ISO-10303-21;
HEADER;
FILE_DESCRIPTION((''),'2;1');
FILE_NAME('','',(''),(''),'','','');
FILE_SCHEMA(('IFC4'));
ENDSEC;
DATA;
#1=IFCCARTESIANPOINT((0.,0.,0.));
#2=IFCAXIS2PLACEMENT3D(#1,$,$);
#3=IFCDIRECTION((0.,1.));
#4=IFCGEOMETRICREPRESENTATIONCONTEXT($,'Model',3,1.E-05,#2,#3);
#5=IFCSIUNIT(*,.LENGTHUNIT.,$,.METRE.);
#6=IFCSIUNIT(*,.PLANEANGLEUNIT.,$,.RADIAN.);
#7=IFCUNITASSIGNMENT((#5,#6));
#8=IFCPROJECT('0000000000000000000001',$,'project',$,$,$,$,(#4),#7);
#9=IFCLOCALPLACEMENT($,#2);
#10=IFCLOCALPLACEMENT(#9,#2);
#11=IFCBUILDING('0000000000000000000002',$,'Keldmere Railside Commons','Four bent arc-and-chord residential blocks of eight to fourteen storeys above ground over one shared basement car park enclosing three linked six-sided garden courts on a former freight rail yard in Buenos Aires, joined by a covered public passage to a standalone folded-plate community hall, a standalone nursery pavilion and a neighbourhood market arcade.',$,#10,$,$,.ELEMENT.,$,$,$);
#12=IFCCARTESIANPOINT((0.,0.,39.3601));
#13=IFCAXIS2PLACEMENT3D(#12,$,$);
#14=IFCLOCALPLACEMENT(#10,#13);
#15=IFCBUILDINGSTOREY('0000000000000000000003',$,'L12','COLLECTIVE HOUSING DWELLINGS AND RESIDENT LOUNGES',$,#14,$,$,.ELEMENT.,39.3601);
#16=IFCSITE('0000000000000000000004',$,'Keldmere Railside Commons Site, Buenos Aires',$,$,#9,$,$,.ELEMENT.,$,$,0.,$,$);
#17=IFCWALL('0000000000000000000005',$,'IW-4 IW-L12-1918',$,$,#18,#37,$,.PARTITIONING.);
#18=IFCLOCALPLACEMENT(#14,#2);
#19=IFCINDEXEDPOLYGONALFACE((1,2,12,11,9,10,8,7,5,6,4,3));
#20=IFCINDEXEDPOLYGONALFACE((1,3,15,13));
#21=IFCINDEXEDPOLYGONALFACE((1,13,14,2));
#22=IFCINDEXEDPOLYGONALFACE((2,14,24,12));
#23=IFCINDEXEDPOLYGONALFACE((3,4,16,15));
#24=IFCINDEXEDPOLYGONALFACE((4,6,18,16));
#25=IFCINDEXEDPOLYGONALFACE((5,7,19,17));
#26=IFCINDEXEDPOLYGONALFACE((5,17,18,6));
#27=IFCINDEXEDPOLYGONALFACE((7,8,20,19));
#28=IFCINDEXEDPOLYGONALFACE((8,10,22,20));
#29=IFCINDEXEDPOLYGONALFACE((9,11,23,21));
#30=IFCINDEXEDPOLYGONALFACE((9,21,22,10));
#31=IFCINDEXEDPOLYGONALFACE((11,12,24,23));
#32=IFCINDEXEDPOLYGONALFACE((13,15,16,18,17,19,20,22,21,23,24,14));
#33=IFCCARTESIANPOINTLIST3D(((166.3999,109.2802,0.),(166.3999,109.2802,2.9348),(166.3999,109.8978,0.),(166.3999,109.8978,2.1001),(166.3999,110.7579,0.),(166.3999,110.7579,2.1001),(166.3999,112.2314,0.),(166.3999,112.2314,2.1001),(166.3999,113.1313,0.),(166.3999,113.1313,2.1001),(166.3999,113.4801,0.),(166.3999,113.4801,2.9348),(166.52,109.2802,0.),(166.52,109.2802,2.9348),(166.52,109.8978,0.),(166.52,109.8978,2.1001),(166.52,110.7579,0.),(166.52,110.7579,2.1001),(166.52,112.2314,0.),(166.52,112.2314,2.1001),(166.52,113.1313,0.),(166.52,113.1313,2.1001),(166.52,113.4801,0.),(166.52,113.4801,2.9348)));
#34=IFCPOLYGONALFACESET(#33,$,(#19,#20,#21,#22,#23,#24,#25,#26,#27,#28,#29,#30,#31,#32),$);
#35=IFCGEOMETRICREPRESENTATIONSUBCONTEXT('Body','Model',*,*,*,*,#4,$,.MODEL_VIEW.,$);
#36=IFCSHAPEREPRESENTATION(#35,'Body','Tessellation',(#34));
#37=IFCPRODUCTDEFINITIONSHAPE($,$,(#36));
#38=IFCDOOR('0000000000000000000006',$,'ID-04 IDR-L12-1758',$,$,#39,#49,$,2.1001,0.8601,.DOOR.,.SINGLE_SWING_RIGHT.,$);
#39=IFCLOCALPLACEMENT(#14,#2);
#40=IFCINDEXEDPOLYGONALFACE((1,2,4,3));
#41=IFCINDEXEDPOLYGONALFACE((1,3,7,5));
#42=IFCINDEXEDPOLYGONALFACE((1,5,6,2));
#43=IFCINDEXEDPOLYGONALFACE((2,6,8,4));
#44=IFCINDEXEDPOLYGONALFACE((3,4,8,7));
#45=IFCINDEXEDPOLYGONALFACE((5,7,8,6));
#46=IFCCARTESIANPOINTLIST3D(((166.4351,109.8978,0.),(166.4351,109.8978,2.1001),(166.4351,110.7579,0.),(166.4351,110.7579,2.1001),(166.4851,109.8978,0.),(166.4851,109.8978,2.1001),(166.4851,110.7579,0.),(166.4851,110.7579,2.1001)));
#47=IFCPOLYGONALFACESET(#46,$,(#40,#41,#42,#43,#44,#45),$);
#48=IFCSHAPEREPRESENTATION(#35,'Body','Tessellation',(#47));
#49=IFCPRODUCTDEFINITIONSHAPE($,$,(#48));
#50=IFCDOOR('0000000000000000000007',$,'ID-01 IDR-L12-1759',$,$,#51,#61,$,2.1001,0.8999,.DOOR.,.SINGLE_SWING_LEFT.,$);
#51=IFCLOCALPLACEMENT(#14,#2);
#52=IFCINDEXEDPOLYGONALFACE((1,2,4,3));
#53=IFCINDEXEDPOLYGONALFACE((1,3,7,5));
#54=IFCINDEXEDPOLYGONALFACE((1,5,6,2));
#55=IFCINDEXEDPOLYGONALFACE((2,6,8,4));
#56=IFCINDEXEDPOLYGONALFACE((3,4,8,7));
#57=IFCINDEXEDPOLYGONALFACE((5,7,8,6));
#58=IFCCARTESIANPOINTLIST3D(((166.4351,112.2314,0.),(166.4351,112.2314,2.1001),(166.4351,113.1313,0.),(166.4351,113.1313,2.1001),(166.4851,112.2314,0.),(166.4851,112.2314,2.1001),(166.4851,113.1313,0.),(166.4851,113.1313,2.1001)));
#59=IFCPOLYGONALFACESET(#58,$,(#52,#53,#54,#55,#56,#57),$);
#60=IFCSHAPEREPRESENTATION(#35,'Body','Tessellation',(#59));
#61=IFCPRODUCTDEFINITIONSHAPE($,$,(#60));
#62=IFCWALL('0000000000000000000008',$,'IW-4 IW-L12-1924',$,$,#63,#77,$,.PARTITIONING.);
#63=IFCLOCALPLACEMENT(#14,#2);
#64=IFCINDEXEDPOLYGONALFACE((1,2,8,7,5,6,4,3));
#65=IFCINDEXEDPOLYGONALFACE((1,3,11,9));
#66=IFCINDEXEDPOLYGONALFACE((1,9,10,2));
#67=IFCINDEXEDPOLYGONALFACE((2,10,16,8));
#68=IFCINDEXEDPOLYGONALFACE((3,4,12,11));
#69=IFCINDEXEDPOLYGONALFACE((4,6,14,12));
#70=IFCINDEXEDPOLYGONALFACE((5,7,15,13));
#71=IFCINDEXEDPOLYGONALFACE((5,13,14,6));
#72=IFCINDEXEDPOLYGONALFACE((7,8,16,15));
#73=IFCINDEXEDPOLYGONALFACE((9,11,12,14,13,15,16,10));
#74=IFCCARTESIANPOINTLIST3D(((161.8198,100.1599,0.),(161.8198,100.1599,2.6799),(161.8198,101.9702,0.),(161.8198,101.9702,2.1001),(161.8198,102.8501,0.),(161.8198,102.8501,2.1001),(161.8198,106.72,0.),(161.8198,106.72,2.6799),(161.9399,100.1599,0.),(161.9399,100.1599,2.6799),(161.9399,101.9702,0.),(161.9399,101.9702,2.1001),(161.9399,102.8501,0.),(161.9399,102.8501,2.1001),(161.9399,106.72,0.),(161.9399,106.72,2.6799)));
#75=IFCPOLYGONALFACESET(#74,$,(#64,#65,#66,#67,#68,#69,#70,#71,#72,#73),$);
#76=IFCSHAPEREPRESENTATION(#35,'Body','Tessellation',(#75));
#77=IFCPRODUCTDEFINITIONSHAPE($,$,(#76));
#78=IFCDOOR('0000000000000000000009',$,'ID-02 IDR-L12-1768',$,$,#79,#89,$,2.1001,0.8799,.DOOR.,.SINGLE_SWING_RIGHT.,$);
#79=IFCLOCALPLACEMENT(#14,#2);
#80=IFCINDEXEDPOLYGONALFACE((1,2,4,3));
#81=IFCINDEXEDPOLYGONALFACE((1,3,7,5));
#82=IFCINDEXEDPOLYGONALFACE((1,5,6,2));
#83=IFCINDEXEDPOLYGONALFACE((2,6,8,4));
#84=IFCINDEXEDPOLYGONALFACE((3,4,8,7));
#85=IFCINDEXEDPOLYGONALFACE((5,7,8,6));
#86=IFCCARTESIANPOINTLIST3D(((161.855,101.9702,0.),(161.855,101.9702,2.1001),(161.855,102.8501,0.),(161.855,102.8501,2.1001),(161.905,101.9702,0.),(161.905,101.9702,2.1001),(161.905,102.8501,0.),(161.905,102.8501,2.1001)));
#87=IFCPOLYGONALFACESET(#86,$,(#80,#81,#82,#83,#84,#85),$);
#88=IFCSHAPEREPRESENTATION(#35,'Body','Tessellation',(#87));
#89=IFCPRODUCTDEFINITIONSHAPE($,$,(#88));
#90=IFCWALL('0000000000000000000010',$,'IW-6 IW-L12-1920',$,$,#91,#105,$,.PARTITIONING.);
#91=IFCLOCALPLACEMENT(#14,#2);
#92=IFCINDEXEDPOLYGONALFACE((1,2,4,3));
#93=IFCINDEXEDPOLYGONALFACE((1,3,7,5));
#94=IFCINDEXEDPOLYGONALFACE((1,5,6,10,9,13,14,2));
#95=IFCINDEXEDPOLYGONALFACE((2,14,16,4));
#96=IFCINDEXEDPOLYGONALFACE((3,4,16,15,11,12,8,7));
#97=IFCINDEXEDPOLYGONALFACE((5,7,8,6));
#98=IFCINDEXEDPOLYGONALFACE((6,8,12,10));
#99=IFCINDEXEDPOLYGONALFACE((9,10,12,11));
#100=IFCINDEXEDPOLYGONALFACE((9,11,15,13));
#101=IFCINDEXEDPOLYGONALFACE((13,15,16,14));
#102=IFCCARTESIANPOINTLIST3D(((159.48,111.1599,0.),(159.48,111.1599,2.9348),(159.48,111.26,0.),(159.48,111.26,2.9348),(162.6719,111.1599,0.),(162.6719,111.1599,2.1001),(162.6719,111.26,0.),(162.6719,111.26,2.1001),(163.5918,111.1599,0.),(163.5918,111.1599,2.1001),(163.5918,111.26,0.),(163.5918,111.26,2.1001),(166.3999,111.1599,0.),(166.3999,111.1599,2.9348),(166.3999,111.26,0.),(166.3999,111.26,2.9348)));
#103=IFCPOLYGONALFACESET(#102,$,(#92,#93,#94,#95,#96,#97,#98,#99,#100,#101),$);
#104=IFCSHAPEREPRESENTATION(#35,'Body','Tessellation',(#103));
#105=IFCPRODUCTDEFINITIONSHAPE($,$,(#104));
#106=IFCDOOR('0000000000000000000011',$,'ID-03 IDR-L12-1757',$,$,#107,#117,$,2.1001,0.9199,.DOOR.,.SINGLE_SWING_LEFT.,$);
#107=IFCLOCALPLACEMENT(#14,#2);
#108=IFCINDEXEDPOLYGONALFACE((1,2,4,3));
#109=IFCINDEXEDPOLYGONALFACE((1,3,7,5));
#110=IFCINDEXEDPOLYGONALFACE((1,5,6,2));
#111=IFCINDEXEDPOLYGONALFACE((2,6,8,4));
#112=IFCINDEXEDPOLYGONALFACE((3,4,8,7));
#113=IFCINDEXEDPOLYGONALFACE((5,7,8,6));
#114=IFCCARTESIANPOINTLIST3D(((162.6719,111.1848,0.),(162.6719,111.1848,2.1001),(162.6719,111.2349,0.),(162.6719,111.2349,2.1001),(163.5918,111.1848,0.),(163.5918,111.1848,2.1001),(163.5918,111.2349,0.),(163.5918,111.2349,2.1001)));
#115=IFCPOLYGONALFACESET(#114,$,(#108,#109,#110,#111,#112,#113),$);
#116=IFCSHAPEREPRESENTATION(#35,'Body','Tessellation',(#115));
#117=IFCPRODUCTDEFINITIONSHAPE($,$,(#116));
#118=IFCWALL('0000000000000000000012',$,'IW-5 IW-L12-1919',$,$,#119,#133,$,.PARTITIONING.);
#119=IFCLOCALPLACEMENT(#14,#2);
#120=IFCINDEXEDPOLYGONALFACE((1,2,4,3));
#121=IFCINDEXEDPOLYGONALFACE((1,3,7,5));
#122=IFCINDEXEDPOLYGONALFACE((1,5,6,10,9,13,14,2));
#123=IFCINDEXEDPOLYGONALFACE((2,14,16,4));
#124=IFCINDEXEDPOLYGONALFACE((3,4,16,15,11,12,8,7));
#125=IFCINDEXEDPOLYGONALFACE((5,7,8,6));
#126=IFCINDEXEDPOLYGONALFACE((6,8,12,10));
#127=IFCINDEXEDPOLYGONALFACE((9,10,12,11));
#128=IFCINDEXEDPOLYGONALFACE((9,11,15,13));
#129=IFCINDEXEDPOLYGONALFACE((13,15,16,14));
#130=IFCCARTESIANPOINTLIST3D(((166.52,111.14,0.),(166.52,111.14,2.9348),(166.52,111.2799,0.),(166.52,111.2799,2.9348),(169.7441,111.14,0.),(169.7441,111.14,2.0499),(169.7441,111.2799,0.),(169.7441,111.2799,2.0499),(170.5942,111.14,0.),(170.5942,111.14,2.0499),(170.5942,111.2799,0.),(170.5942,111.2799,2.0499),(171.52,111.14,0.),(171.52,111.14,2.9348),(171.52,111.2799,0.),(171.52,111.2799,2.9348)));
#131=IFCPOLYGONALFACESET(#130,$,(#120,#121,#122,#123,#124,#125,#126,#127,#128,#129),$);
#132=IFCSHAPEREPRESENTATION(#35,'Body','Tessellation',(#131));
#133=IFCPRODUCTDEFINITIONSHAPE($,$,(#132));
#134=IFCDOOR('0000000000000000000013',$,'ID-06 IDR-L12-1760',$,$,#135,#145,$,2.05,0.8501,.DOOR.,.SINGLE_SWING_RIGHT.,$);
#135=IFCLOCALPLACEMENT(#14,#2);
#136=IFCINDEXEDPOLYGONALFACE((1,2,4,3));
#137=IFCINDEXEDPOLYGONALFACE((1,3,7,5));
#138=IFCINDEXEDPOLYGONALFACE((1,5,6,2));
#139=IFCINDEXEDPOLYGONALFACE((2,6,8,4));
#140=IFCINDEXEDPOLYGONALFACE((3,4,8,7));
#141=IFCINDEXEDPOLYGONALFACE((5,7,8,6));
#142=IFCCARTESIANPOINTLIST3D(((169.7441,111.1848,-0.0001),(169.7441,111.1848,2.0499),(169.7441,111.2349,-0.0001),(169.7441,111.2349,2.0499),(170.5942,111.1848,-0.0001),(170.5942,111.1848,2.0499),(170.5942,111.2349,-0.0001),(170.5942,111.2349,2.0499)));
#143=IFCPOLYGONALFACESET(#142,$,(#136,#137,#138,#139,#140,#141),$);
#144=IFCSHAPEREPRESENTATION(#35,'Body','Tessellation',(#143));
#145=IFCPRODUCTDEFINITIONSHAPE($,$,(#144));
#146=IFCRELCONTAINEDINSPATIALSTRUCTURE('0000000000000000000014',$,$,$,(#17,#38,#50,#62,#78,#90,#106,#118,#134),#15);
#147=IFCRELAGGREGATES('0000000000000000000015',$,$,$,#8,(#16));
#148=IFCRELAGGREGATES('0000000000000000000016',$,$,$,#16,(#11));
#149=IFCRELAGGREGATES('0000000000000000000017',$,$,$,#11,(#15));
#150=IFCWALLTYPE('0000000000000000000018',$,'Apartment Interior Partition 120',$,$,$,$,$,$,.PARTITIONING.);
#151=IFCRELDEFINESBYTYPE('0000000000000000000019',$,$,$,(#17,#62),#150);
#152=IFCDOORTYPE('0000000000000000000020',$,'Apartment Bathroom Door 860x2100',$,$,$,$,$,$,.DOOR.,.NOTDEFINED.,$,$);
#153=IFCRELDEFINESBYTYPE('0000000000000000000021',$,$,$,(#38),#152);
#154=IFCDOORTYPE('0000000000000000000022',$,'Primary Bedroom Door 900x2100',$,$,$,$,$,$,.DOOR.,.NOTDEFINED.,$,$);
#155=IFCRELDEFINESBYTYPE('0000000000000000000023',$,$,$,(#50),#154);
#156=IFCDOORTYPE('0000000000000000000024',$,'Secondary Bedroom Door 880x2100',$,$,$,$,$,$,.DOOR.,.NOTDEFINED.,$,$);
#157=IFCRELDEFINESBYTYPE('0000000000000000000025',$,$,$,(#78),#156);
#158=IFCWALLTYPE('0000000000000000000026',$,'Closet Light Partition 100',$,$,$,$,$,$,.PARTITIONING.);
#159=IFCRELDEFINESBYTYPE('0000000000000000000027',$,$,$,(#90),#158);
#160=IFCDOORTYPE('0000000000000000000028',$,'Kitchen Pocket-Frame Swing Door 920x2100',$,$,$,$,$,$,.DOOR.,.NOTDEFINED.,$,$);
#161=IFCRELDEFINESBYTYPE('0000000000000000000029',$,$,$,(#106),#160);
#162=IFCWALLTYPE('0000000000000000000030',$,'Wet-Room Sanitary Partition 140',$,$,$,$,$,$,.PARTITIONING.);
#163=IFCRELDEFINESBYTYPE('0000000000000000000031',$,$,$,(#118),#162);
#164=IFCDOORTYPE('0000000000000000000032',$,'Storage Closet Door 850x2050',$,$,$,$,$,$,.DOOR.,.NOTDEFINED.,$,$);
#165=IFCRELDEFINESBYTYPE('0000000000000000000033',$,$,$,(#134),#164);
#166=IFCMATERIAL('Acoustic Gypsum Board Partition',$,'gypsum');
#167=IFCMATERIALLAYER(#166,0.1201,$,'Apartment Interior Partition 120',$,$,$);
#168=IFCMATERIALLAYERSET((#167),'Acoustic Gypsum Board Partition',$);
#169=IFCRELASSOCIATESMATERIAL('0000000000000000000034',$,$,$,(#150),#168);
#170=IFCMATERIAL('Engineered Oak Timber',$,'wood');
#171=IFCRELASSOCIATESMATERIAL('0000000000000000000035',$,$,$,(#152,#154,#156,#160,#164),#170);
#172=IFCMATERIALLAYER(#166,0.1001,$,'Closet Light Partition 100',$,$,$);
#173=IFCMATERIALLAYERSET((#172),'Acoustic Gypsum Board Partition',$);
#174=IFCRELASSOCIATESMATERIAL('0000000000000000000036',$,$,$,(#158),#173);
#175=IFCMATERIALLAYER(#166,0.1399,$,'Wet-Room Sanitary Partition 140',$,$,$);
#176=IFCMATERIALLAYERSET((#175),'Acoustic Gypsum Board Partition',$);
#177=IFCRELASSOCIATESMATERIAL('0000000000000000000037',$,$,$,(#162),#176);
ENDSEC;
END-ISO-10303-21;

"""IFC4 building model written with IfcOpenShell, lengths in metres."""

from ifc_helpers import new_model, si_unit, direction, frame, frame_2d, origin, place, context, subcontext, project, spatial, rectangle, extrude, material, layer, layer_set, type_object, element, fill, save


model = new_model("IFC4")

# Units and contexts
model_context = context("Model", 3, precision=1e-05, world=origin(), true_north=direction((0.0, 1.0)))
body_context = subcontext(model_context, "Body", "Model", "MODEL_VIEW")
ifc_project = project(units=[si_unit("LENGTHUNIT", "METRE"), si_unit("PLANEANGLEUNIT", "RADIAN")], contexts=[model_context])

# Site, building, storey
site_placement = place(None, origin())
site = spatial("IfcSite", under=ifc_project, at=site_placement, Name="Keldmere Railside Commons Site, Buenos Aires", CompositionType="ELEMENT", RefElevation=0.0)
building_placement = place(site_placement, origin())
building = spatial("IfcBuilding", under=site, at=building_placement, Name="Keldmere Railside Commons", Description="Four bent arc-and-chord residential blocks of eight to fourteen storeys above ground over one shared basement car park enclosing three linked six-sided garden courts on a former freight rail yard in Buenos Aires, joined by a covered public passage to a standalone folded-plate community hall, a standalone nursery pavilion and a neighbourhood market arcade.", CompositionType="ELEMENT")
storey_placement = place(building_placement, frame((0.0, 0.0, 39.3601)))
storey = spatial("IfcBuildingStorey", under=building, at=storey_placement, Name="L12", Description="COLLECTIVE HOUSING DWELLINGS AND RESIDENT LOUNGES", CompositionType="ELEMENT", Elevation=39.3601)

# Shared definitions
ifc_material_1 = material(Name="Acoustic Gypsum Board Partition", Category="gypsum")

# Wall, openings, doors
ifc_layer_1 = layer(ifc_material_1, 0.1201, Name="Apartment Interior Partition 120")
ifc_layer_set_1 = layer_set([ifc_layer_1], Name="Acoustic Gypsum Board Partition")
wall_type_1 = type_object("IfcWallType", Name="Apartment Interior Partition 120", PredefinedType="PARTITIONING", material=ifc_layer_set_1)
wall_1_placement = place(storey_placement, frame((166.46, 109.28, 0.0), z_axis=(0.0, 0.0, 1.0), x_axis=(0.0, 1.0, 0.0)))
wall_1 = element("IfcWall", 1, at=wall_1_placement, inside=storey, type_object=wall_type_1, Name="IW-4 IW-L12-1918", PredefinedType="PARTITIONING", context=body_context, shape_type="SweptSolid", body=[
    extrude(rectangle(XDim=4.2, YDim=0.1201, at=frame_2d((2.1001, 0.0))), origin(), (0.0, 0.0, 1.0), 2.9348),
])
opening_1_placement = place(wall_1_placement, frame((0.6177, 0.0, 0.0)))
opening_1 = element("IfcOpeningElement", 2, at=opening_1_placement, cuts=wall_1, PredefinedType="OPENING", context=body_context, shape_type="SweptSolid", body=[
    extrude(rectangle(XDim=0.8601, YDim=2.1001, at=frame_2d((0.4302, 1.05))), frame((0.0, 0.0701, 0.0), z_axis=(0.0, -1.0, 0.0), x_axis=(1.0, 0.0, 0.0)), (0.0, 0.0, 1.0), 0.1401),
])
opening_2_placement = place(wall_1_placement, frame((2.9514, 0.0, 0.0)))
opening_2 = element("IfcOpeningElement", 3, at=opening_2_placement, cuts=wall_1, PredefinedType="OPENING", context=body_context, shape_type="SweptSolid", body=[
    extrude(rectangle(XDim=0.8999, YDim=2.1001, at=frame_2d((0.45, 1.05))), frame((0.0, 0.0701, 0.0), z_axis=(0.0, -1.0, 0.0), x_axis=(1.0, 0.0, 0.0)), (0.0, 0.0, 1.0), 0.1401),
])
ifc_material_2 = material(Name="Engineered Oak Timber", Category="wood")
door_type_1 = type_object("IfcDoorType", Name="Apartment Bathroom Door 860x2100", OperationType="NOTDEFINED", PredefinedType="DOOR", material=ifc_material_2)
door_1_placement = place(opening_1_placement, origin())
door_1 = element("IfcDoor", 4, at=door_1_placement, inside=storey, type_object=door_type_1, Name="ID-04 IDR-L12-1758", OperationType="SINGLE_SWING_RIGHT", OverallHeight=2.1001, OverallWidth=0.8601, PredefinedType="DOOR", context=body_context, shape_type="SweptSolid", body=[
    extrude(rectangle(XDim=0.8601, YDim=2.1001, at=frame_2d((0.4302, 1.05))), frame((0.0, 0.0249, 0.0), z_axis=(0.0, -1.0, 0.0), x_axis=(1.0, 0.0, 0.0)), (0.0, 0.0, 1.0), 0.05),
])
fill(opening_1, door_1)
door_type_2 = type_object("IfcDoorType", Name="Primary Bedroom Door 900x2100", OperationType="NOTDEFINED", PredefinedType="DOOR", material=ifc_material_2)
door_2_placement = place(opening_2_placement, origin())
door_2 = element("IfcDoor", 5, at=door_2_placement, inside=storey, type_object=door_type_2, Name="ID-01 IDR-L12-1759", OperationType="SINGLE_SWING_LEFT", OverallHeight=2.1001, OverallWidth=0.8999, PredefinedType="DOOR", context=body_context, shape_type="SweptSolid", body=[
    extrude(rectangle(XDim=0.8999, YDim=2.1001, at=frame_2d((0.45, 1.05))), frame((0.0, 0.0249, 0.0), z_axis=(0.0, -1.0, 0.0), x_axis=(1.0, 0.0, 0.0)), (0.0, 0.0, 1.0), 0.05),
])
fill(opening_2, door_2)

# Walls, openings, doors
wall_2_placement = place(storey_placement, frame((161.8799, 100.1599, 0.0), z_axis=(0.0, 0.0, 1.0), x_axis=(0.0, 1.0, 0.0)))
wall_2 = element("IfcWall", 6, at=wall_2_placement, inside=storey, type_object=wall_type_1, Name="IW-4 IW-L12-1924", PredefinedType="PARTITIONING", context=body_context, shape_type="SweptSolid", body=[
    extrude(rectangle(XDim=6.5601, YDim=0.1201, at=frame_2d((3.28, 0.0))), origin(), (0.0, 0.0, 1.0), 2.6799),
])
opening_3_placement = place(wall_2_placement, frame((1.8103, 0.0, 0.0)))
opening_3 = element("IfcOpeningElement", 7, at=opening_3_placement, cuts=wall_2, PredefinedType="OPENING", context=body_context, shape_type="SweptSolid", body=[
    extrude(rectangle(XDim=0.8799, YDim=2.1001, at=frame_2d((0.4399, 1.05))), frame((0.0, 0.0701, 0.0), z_axis=(0.0, -1.0, 0.0), x_axis=(1.0, 0.0, 0.0)), (0.0, 0.0, 1.0), 0.1401),
])
door_type_3 = type_object("IfcDoorType", Name="Secondary Bedroom Door 880x2100", OperationType="NOTDEFINED", PredefinedType="DOOR", material=ifc_material_2)
door_3_placement = place(opening_3_placement, origin())
door_3 = element("IfcDoor", 8, at=door_3_placement, inside=storey, type_object=door_type_3, Name="ID-02 IDR-L12-1768", OperationType="SINGLE_SWING_RIGHT", OverallHeight=2.1001, OverallWidth=0.8799, PredefinedType="DOOR", context=body_context, shape_type="SweptSolid", body=[
    extrude(rectangle(XDim=0.8799, YDim=2.1001, at=frame_2d((0.4399, 1.05))), frame((0.0, 0.0249, 0.0), z_axis=(0.0, -1.0, 0.0), x_axis=(1.0, 0.0, 0.0)), (0.0, 0.0, 1.0), 0.05),
])
fill(opening_3, door_3)
ifc_layer_2 = layer(ifc_material_1, 0.1001, Name="Closet Light Partition 100")
ifc_layer_set_2 = layer_set([ifc_layer_2], Name="Acoustic Gypsum Board Partition")
wall_type_2 = type_object("IfcWallType", Name="Closet Light Partition 100", PredefinedType="PARTITIONING", material=ifc_layer_set_2)
wall_3_placement = place(storey_placement, frame((159.48, 111.21, 0.0), z_axis=(0.0, 0.0, 1.0), x_axis=(1.0, 0.0, 0.0)))
wall_3 = element("IfcWall", 9, at=wall_3_placement, inside=storey, type_object=wall_type_2, Name="IW-6 IW-L12-1920", PredefinedType="PARTITIONING", context=body_context, shape_type="SweptSolid", body=[
    extrude(rectangle(XDim=6.9199, YDim=0.1001, at=frame_2d((3.46, 0.0))), origin(), (0.0, 0.0, 1.0), 2.9348),
])
opening_4_placement = place(wall_3_placement, frame((3.1919, 0.0, 0.0)))
opening_4 = element("IfcOpeningElement", 10, at=opening_4_placement, cuts=wall_3, PredefinedType="OPENING", context=body_context, shape_type="SweptSolid", body=[
    extrude(rectangle(XDim=0.9199, YDim=2.1001, at=frame_2d((0.46, 1.05))), frame((0.0, 0.0601, 0.0), z_axis=(0.0, -1.0, 0.0), x_axis=(1.0, 0.0, 0.0)), (0.0, 0.0, 1.0), 0.1201),
])
door_type_4 = type_object("IfcDoorType", Name="Kitchen Pocket-Frame Swing Door 920x2100", OperationType="NOTDEFINED", PredefinedType="DOOR", material=ifc_material_2)
door_4_placement = place(opening_4_placement, origin())
door_4 = element("IfcDoor", 11, at=door_4_placement, inside=storey, type_object=door_type_4, Name="ID-03 IDR-L12-1757", OperationType="SINGLE_SWING_LEFT", OverallHeight=2.1001, OverallWidth=0.9199, PredefinedType="DOOR", context=body_context, shape_type="SweptSolid", body=[
    extrude(rectangle(XDim=0.9199, YDim=2.1001, at=frame_2d((0.46, 1.05))), frame((0.0, 0.0249, 0.0), z_axis=(0.0, -1.0, 0.0), x_axis=(1.0, 0.0, 0.0)), (0.0, 0.0, 1.0), 0.05),
])
fill(opening_4, door_4)
ifc_layer_3 = layer(ifc_material_1, 0.1399, Name="Wet-Room Sanitary Partition 140")
ifc_layer_set_3 = layer_set([ifc_layer_3], Name="Acoustic Gypsum Board Partition")
wall_type_3 = type_object("IfcWallType", Name="Wet-Room Sanitary Partition 140", PredefinedType="PARTITIONING", material=ifc_layer_set_3)
wall_4_placement = place(storey_placement, frame((166.52, 111.21, 0.0), z_axis=(0.0, 0.0, 1.0), x_axis=(1.0, 0.0, 0.0)))
wall_4 = element("IfcWall", 12, at=wall_4_placement, inside=storey, type_object=wall_type_3, Name="IW-5 IW-L12-1919", PredefinedType="PARTITIONING", context=body_context, shape_type="SweptSolid", body=[
    extrude(rectangle(XDim=5.0, YDim=0.1399, at=frame_2d((2.5, 0.0))), origin(), (0.0, 0.0, 1.0), 2.9348),
])
opening_5_placement = place(wall_4_placement, frame((3.2241, 0.0, 0.0)))
opening_5 = element("IfcOpeningElement", 13, at=opening_5_placement, cuts=wall_4, PredefinedType="OPENING", context=body_context, shape_type="SweptSolid", body=[
    extrude(rectangle(XDim=0.8501, YDim=2.05, at=frame_2d((0.425, 1.0249))), frame((0.0, 0.0798, 0.0), z_axis=(0.0, -1.0, 0.0), x_axis=(1.0, 0.0, 0.0)), (0.0, 0.0, 1.0), 0.1599),
])
door_type_5 = type_object("IfcDoorType", Name="Storage Closet Door 850x2050", OperationType="NOTDEFINED", PredefinedType="DOOR", material=ifc_material_2)
door_5_placement = place(opening_5_placement, origin())
door_5 = element("IfcDoor", 14, at=door_5_placement, inside=storey, type_object=door_type_5, Name="ID-06 IDR-L12-1760", OperationType="SINGLE_SWING_RIGHT", OverallHeight=2.05, OverallWidth=0.8501, PredefinedType="DOOR", context=body_context, shape_type="SweptSolid", body=[
    extrude(rectangle(XDim=0.8501, YDim=2.05, at=frame_2d((0.425, 1.0249))), frame((0.0, 0.0249, 0.0), z_axis=(0.0, -1.0, 0.0), x_axis=(1.0, 0.0, 0.0)), (0.0, 0.0, 1.0), 0.05),
])
fill(opening_5, door_5)

save(model, "model.ifc")
